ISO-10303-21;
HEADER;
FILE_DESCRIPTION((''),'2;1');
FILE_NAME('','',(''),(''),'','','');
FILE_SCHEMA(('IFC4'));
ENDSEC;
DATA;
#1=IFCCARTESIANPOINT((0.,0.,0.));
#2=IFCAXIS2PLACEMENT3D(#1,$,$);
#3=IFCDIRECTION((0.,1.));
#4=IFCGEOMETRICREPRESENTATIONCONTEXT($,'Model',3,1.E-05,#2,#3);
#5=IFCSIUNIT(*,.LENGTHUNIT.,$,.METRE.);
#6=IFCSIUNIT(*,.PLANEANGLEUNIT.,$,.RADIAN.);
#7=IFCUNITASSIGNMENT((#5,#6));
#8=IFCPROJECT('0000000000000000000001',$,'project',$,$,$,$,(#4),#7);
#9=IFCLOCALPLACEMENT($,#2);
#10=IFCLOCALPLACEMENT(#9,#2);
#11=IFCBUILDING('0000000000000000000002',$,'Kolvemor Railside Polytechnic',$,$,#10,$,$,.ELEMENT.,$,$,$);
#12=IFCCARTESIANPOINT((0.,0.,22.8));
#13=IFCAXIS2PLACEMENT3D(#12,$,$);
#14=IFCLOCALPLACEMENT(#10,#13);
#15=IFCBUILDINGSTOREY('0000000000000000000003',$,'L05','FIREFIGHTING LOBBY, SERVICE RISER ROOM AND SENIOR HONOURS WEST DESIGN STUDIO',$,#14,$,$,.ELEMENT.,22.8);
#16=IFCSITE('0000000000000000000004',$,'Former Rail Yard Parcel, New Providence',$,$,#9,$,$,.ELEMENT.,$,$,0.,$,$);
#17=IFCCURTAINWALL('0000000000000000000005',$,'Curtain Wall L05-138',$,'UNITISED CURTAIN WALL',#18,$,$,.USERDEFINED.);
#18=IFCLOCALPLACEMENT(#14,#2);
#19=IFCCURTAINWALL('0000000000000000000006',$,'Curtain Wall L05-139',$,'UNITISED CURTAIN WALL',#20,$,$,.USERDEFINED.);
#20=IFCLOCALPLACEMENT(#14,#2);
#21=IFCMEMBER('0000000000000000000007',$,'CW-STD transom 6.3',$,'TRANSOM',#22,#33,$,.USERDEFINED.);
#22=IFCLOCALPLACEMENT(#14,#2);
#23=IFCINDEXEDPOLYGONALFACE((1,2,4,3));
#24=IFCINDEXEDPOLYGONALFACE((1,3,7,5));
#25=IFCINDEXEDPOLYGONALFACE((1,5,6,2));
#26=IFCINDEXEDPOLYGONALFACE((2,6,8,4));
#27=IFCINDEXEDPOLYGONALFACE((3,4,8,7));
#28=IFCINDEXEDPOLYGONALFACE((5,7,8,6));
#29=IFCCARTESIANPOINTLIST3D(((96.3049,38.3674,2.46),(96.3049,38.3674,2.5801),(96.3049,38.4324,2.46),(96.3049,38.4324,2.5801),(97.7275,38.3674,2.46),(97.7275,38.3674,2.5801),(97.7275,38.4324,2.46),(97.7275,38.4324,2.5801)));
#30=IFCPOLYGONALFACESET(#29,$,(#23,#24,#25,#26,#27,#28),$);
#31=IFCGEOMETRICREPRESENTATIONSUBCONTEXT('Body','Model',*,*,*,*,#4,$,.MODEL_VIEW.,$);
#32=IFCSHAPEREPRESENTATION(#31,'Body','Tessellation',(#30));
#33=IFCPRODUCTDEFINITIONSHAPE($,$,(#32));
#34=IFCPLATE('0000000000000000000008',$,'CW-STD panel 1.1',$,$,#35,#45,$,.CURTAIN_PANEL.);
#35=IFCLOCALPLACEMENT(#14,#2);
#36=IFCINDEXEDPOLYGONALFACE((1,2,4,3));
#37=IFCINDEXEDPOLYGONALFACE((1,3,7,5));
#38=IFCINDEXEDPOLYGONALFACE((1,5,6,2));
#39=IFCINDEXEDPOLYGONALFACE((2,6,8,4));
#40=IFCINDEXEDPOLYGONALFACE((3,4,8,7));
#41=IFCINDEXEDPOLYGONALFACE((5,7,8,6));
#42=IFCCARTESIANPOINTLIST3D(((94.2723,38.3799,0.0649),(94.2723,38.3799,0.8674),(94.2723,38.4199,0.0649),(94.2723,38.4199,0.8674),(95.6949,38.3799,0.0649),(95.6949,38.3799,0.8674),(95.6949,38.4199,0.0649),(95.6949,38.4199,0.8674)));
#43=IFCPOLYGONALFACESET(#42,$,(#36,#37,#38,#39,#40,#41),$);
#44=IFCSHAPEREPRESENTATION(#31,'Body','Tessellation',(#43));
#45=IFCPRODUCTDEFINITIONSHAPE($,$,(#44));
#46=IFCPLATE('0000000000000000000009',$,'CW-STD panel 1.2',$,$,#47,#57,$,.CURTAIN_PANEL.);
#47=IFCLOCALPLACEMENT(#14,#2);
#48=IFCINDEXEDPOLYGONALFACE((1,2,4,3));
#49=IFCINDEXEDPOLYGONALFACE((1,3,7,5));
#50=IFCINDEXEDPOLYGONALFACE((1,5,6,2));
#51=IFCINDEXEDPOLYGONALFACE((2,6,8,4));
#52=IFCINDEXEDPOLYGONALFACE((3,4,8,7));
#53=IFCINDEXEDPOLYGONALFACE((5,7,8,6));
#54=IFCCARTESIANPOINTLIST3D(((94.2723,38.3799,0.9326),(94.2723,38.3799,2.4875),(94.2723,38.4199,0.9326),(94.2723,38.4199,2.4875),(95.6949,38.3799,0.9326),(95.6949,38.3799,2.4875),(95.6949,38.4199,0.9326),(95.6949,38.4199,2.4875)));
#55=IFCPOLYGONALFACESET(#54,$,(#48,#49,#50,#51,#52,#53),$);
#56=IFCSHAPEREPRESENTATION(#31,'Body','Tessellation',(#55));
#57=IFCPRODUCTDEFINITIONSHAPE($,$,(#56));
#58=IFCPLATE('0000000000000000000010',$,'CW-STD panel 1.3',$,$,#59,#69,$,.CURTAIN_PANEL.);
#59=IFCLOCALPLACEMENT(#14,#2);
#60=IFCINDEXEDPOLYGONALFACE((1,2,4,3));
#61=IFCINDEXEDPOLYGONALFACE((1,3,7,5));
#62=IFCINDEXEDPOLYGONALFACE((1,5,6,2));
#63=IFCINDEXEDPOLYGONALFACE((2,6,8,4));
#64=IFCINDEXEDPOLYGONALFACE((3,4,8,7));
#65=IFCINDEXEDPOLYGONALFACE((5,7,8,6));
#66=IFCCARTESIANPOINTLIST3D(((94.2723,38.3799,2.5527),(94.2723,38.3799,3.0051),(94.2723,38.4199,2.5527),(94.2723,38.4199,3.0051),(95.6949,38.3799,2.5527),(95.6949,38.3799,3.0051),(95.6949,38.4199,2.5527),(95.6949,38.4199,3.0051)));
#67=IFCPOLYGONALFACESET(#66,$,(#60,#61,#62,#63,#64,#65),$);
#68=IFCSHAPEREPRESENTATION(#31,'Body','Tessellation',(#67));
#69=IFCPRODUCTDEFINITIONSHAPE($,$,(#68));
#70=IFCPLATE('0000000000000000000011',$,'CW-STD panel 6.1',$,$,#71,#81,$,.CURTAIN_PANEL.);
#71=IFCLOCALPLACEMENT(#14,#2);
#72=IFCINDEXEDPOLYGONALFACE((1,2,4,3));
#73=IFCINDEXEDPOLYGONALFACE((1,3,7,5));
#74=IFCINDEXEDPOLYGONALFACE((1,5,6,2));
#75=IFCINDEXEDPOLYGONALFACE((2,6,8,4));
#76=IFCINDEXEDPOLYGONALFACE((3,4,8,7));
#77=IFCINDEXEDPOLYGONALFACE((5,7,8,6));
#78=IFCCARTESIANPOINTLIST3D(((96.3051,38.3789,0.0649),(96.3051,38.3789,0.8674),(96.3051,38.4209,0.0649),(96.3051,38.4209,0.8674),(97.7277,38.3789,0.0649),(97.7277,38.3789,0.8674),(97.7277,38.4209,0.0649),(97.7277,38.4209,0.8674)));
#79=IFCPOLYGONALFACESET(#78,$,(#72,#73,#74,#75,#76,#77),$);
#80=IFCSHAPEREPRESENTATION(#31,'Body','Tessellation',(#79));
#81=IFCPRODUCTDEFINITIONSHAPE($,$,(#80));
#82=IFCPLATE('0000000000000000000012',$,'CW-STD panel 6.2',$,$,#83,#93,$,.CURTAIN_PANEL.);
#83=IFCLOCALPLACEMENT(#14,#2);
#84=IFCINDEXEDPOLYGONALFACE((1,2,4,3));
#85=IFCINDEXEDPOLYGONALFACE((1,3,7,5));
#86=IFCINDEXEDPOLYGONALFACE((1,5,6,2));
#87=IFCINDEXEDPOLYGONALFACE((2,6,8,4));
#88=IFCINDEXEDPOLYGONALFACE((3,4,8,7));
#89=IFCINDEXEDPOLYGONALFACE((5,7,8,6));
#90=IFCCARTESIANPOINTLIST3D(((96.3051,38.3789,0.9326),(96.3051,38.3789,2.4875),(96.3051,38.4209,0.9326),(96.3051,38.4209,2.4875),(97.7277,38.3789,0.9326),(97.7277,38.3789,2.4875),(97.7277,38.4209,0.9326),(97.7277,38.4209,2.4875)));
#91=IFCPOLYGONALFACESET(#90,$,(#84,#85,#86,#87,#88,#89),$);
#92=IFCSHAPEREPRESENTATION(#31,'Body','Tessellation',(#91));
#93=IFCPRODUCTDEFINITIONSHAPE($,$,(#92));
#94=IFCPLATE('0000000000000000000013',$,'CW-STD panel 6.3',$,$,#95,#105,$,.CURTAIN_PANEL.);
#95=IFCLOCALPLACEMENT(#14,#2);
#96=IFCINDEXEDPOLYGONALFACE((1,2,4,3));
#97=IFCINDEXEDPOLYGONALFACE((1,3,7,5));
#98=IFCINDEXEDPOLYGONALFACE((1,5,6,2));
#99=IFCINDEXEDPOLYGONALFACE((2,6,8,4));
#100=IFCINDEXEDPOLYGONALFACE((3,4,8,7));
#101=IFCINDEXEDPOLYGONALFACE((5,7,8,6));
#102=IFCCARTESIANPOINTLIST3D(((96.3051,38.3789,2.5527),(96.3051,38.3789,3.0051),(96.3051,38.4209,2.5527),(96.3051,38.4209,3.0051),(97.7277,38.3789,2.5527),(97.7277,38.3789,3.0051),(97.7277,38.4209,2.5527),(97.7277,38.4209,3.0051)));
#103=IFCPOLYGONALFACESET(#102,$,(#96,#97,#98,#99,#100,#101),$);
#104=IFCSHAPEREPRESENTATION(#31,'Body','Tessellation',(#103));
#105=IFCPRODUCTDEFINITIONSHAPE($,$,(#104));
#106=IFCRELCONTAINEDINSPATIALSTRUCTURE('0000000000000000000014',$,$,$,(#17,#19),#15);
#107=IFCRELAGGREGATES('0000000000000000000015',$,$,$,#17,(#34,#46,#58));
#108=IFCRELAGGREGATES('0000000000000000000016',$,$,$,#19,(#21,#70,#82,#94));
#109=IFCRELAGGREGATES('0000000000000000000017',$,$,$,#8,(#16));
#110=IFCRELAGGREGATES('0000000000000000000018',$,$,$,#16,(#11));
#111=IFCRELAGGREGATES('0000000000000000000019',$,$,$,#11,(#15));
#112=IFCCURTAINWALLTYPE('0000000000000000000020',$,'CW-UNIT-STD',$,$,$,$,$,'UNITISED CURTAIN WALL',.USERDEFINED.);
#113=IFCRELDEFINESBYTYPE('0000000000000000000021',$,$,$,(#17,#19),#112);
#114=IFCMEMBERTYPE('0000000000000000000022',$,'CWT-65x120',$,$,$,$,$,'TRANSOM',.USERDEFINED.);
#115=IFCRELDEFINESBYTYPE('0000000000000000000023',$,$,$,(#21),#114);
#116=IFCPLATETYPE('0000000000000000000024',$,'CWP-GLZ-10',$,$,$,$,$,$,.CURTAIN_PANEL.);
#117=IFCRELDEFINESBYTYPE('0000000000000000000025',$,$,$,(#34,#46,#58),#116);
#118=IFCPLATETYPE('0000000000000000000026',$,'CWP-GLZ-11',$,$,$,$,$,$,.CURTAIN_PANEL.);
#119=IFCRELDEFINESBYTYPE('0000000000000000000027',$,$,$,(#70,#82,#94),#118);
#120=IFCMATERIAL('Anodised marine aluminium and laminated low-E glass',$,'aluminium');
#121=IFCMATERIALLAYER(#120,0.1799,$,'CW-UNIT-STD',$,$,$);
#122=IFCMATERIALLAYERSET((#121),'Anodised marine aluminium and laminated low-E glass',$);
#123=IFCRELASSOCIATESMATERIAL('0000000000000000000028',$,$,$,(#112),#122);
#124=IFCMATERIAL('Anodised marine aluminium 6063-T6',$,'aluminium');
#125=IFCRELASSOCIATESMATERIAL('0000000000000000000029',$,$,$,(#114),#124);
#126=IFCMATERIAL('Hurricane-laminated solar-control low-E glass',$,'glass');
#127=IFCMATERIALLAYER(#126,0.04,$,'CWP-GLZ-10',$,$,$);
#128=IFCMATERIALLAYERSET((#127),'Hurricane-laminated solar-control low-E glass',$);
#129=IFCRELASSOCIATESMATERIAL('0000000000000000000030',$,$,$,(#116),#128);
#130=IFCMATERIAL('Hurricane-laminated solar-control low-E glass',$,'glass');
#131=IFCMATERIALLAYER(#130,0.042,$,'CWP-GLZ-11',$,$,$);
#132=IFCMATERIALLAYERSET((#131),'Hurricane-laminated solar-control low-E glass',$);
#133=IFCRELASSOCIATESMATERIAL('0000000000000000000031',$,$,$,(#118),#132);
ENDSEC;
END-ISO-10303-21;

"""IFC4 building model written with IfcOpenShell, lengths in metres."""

from ifc_helpers import new_model, si_unit, direction, frame, origin, origin_2d, place, context, subcontext, project, spatial, rectangle, extrude, material, layer, layer_set, material_profile, profile_set, type_object, element, aggregate, save


model = new_model("IFC4")

# Units and contexts
model_context = context("Model", 3, precision=1e-05, world=origin(), true_north=direction((0.0, 1.0)))
body_context = subcontext(model_context, "Body", "Model", "MODEL_VIEW")
ifc_project = project(units=[si_unit("LENGTHUNIT", "METRE"), si_unit("PLANEANGLEUNIT", "RADIAN")], contexts=[model_context])

# Site, building, storey
site_placement = place(None, origin())
site = spatial("IfcSite", under=ifc_project, at=site_placement, Name="Former Rail Yard Parcel, New Providence", CompositionType="ELEMENT", RefElevation=0.0)
building_placement = place(site_placement, origin())
building = spatial("IfcBuilding", under=site, at=building_placement, Name="Kolvemor Railside Polytechnic", CompositionType="ELEMENT")
storey_placement = place(building_placement, frame((0.0, 0.0, 22.8)))
storey = spatial("IfcBuildingStorey", under=building, at=storey_placement, Name="L05", Description="FIREFIGHTING LOBBY, SERVICE RISER ROOM AND SENIOR HONOURS WEST DESIGN STUDIO", CompositionType="ELEMENT", Elevation=22.8)

# Curtain wall
ifc_material_1 = material(Name="Anodised marine aluminium and laminated low-E glass", Category="aluminium")
ifc_layer_1 = layer(ifc_material_1, 0.1799, Name="CW-UNIT-STD")
ifc_layer_set_1 = layer_set([ifc_layer_1], Name="Anodised marine aluminium and laminated low-E glass")
curtain_wall_type = type_object("IfcCurtainWallType", Name="CW-UNIT-STD", ElementType="UNITISED CURTAIN WALL", PredefinedType="USERDEFINED", material=ifc_layer_set_1)
curtain_wall_1_placement = place(storey_placement, origin())
curtain_wall_1 = element("IfcCurtainWall", 1, at=curtain_wall_1_placement, inside=storey, type_object=curtain_wall_type, Name="Curtain Wall L05-138", ObjectType="UNITISED CURTAIN WALL", PredefinedType="USERDEFINED")

# Curtain wall
curtain_wall_2_placement = place(storey_placement, origin())
curtain_wall_2 = element("IfcCurtainWall", 2, at=curtain_wall_2_placement, inside=storey, type_object=curtain_wall_type, Name="Curtain Wall L05-139", ObjectType="UNITISED CURTAIN WALL", PredefinedType="USERDEFINED")

# Member
ifc_material_2 = material(Name="Anodised marine aluminium 6063-T6", Category="aluminium")
ifc_material_profile_1 = material_profile(ifc_material_2, rectangle(XDim=0.0649, YDim=0.1201, at=origin_2d()), Name="CW-TRN-65x120")
ifc_profile_set_1 = profile_set([ifc_material_profile_1], Name="Anodised marine aluminium 6063-T6")
member_type_1 = type_object("IfcMemberType", Name="CWT-65x120", ElementType="TRANSOM", PredefinedType="USERDEFINED", material=ifc_profile_set_1)
member_1_placement = place(storey_placement, frame((97.7275, 38.3999, 2.52), z_axis=(-1.0, 0.0, 0.0), x_axis=(0.0, -1.0, 0.0)))
member_1 = element("IfcMember", 3, at=member_1_placement, type_object=member_type_1, Name="CW-STD transom 6.3", ObjectType="TRANSOM", PredefinedType="USERDEFINED", context=body_context, shape_type="SweptSolid", body=[
    extrude(rectangle(XDim=0.0649, YDim=0.1201, at=origin_2d()), origin(), (0.0, 0.0, 1.0), 1.4226),
])

# Plates
ifc_material_3 = material(Name="Hurricane-laminated solar-control low-E glass", Category="glass")
ifc_layer_2 = layer(ifc_material_3, 0.04, Name="CWP-GLZ-10")
ifc_layer_set_2 = layer_set([ifc_layer_2], Name="Hurricane-laminated solar-control low-E glass")
plate_type_1 = type_object("IfcPlateType", Name="CWP-GLZ-10", PredefinedType="CURTAIN_PANEL", material=ifc_layer_set_2)
plate_1_placement = place(storey_placement, frame((94.9836, 38.3999, 0.0649), z_axis=(0.0, 0.0, 1.0), x_axis=(-1.0, 0.0, 0.0)))
plate_1 = element("IfcPlate", 4, at=plate_1_placement, type_object=plate_type_1, Name="CW-STD panel 1.1", PredefinedType="CURTAIN_PANEL", context=body_context, shape_type="SweptSolid", body=[
    extrude(rectangle(XDim=1.4226, YDim=0.04, at=origin_2d()), origin(), (0.0, 0.0, 1.0), 0.8025),
])
plate_2_placement = place(storey_placement, frame((94.9836, 38.3999, 0.9326), z_axis=(0.0, 0.0, 1.0), x_axis=(-1.0, 0.0, 0.0)))
plate_2 = element("IfcPlate", 5, at=plate_2_placement, type_object=plate_type_1, Name="CW-STD panel 1.2", PredefinedType="CURTAIN_PANEL", context=body_context, shape_type="SweptSolid", body=[
    extrude(rectangle(XDim=1.4226, YDim=0.04, at=origin_2d()), origin(), (0.0, 0.0, 1.0), 1.5549),
])
plate_3_placement = place(storey_placement, frame((94.9836, 38.3999, 2.5527), z_axis=(0.0, 0.0, 1.0), x_axis=(-1.0, 0.0, 0.0)))
plate_3 = element("IfcPlate", 6, at=plate_3_placement, type_object=plate_type_1, Name="CW-STD panel 1.3", PredefinedType="CURTAIN_PANEL", context=body_context, shape_type="SweptSolid", body=[
    extrude(rectangle(XDim=1.4226, YDim=0.04, at=origin_2d()), origin(), (0.0, 0.0, 1.0), 0.4524),
])
aggregate(curtain_wall_1, [plate_1, plate_2, plate_3])
ifc_material_4 = material(Name="Hurricane-laminated solar-control low-E glass", Category="glass")
ifc_layer_3 = layer(ifc_material_4, 0.042, Name="CWP-GLZ-11")
ifc_layer_set_3 = layer_set([ifc_layer_3], Name="Hurricane-laminated solar-control low-E glass")
plate_type_2 = type_object("IfcPlateType", Name="CWP-GLZ-11", PredefinedType="CURTAIN_PANEL", material=ifc_layer_set_3)
plate_4_placement = place(storey_placement, frame((97.0164, 38.3999, 0.0649), z_axis=(0.0, 0.0, 1.0), x_axis=(-1.0, 0.0, 0.0)))
plate_4 = element("IfcPlate", 7, at=plate_4_placement, type_object=plate_type_2, Name="CW-STD panel 6.1", PredefinedType="CURTAIN_PANEL", context=body_context, shape_type="SweptSolid", body=[
    extrude(rectangle(XDim=1.4226, YDim=0.042, at=origin_2d()), origin(), (0.0, 0.0, 1.0), 0.8025),
])
plate_5_placement = place(storey_placement, frame((97.0164, 38.3999, 0.9326), z_axis=(0.0, 0.0, 1.0), x_axis=(-1.0, 0.0, 0.0)))
plate_5 = element("IfcPlate", 8, at=plate_5_placement, type_object=plate_type_2, Name="CW-STD panel 6.2", PredefinedType="CURTAIN_PANEL", context=body_context, shape_type="SweptSolid", body=[
    extrude(rectangle(XDim=1.4226, YDim=0.042, at=origin_2d()), origin(), (0.0, 0.0, 1.0), 1.5549),
])
plate_6_placement = place(storey_placement, frame((97.0164, 38.3999, 2.5527), z_axis=(0.0, 0.0, 1.0), x_axis=(-1.0, 0.0, 0.0)))
plate_6 = element("IfcPlate", 9, at=plate_6_placement, type_object=plate_type_2, Name="CW-STD panel 6.3", PredefinedType="CURTAIN_PANEL", context=body_context, shape_type="SweptSolid", body=[
    extrude(rectangle(XDim=1.4226, YDim=0.042, at=origin_2d()), origin(), (0.0, 0.0, 1.0), 0.4524),
])
aggregate(curtain_wall_2, [member_1, plate_4, plate_5, plate_6])

save(model, "model.ifc")
